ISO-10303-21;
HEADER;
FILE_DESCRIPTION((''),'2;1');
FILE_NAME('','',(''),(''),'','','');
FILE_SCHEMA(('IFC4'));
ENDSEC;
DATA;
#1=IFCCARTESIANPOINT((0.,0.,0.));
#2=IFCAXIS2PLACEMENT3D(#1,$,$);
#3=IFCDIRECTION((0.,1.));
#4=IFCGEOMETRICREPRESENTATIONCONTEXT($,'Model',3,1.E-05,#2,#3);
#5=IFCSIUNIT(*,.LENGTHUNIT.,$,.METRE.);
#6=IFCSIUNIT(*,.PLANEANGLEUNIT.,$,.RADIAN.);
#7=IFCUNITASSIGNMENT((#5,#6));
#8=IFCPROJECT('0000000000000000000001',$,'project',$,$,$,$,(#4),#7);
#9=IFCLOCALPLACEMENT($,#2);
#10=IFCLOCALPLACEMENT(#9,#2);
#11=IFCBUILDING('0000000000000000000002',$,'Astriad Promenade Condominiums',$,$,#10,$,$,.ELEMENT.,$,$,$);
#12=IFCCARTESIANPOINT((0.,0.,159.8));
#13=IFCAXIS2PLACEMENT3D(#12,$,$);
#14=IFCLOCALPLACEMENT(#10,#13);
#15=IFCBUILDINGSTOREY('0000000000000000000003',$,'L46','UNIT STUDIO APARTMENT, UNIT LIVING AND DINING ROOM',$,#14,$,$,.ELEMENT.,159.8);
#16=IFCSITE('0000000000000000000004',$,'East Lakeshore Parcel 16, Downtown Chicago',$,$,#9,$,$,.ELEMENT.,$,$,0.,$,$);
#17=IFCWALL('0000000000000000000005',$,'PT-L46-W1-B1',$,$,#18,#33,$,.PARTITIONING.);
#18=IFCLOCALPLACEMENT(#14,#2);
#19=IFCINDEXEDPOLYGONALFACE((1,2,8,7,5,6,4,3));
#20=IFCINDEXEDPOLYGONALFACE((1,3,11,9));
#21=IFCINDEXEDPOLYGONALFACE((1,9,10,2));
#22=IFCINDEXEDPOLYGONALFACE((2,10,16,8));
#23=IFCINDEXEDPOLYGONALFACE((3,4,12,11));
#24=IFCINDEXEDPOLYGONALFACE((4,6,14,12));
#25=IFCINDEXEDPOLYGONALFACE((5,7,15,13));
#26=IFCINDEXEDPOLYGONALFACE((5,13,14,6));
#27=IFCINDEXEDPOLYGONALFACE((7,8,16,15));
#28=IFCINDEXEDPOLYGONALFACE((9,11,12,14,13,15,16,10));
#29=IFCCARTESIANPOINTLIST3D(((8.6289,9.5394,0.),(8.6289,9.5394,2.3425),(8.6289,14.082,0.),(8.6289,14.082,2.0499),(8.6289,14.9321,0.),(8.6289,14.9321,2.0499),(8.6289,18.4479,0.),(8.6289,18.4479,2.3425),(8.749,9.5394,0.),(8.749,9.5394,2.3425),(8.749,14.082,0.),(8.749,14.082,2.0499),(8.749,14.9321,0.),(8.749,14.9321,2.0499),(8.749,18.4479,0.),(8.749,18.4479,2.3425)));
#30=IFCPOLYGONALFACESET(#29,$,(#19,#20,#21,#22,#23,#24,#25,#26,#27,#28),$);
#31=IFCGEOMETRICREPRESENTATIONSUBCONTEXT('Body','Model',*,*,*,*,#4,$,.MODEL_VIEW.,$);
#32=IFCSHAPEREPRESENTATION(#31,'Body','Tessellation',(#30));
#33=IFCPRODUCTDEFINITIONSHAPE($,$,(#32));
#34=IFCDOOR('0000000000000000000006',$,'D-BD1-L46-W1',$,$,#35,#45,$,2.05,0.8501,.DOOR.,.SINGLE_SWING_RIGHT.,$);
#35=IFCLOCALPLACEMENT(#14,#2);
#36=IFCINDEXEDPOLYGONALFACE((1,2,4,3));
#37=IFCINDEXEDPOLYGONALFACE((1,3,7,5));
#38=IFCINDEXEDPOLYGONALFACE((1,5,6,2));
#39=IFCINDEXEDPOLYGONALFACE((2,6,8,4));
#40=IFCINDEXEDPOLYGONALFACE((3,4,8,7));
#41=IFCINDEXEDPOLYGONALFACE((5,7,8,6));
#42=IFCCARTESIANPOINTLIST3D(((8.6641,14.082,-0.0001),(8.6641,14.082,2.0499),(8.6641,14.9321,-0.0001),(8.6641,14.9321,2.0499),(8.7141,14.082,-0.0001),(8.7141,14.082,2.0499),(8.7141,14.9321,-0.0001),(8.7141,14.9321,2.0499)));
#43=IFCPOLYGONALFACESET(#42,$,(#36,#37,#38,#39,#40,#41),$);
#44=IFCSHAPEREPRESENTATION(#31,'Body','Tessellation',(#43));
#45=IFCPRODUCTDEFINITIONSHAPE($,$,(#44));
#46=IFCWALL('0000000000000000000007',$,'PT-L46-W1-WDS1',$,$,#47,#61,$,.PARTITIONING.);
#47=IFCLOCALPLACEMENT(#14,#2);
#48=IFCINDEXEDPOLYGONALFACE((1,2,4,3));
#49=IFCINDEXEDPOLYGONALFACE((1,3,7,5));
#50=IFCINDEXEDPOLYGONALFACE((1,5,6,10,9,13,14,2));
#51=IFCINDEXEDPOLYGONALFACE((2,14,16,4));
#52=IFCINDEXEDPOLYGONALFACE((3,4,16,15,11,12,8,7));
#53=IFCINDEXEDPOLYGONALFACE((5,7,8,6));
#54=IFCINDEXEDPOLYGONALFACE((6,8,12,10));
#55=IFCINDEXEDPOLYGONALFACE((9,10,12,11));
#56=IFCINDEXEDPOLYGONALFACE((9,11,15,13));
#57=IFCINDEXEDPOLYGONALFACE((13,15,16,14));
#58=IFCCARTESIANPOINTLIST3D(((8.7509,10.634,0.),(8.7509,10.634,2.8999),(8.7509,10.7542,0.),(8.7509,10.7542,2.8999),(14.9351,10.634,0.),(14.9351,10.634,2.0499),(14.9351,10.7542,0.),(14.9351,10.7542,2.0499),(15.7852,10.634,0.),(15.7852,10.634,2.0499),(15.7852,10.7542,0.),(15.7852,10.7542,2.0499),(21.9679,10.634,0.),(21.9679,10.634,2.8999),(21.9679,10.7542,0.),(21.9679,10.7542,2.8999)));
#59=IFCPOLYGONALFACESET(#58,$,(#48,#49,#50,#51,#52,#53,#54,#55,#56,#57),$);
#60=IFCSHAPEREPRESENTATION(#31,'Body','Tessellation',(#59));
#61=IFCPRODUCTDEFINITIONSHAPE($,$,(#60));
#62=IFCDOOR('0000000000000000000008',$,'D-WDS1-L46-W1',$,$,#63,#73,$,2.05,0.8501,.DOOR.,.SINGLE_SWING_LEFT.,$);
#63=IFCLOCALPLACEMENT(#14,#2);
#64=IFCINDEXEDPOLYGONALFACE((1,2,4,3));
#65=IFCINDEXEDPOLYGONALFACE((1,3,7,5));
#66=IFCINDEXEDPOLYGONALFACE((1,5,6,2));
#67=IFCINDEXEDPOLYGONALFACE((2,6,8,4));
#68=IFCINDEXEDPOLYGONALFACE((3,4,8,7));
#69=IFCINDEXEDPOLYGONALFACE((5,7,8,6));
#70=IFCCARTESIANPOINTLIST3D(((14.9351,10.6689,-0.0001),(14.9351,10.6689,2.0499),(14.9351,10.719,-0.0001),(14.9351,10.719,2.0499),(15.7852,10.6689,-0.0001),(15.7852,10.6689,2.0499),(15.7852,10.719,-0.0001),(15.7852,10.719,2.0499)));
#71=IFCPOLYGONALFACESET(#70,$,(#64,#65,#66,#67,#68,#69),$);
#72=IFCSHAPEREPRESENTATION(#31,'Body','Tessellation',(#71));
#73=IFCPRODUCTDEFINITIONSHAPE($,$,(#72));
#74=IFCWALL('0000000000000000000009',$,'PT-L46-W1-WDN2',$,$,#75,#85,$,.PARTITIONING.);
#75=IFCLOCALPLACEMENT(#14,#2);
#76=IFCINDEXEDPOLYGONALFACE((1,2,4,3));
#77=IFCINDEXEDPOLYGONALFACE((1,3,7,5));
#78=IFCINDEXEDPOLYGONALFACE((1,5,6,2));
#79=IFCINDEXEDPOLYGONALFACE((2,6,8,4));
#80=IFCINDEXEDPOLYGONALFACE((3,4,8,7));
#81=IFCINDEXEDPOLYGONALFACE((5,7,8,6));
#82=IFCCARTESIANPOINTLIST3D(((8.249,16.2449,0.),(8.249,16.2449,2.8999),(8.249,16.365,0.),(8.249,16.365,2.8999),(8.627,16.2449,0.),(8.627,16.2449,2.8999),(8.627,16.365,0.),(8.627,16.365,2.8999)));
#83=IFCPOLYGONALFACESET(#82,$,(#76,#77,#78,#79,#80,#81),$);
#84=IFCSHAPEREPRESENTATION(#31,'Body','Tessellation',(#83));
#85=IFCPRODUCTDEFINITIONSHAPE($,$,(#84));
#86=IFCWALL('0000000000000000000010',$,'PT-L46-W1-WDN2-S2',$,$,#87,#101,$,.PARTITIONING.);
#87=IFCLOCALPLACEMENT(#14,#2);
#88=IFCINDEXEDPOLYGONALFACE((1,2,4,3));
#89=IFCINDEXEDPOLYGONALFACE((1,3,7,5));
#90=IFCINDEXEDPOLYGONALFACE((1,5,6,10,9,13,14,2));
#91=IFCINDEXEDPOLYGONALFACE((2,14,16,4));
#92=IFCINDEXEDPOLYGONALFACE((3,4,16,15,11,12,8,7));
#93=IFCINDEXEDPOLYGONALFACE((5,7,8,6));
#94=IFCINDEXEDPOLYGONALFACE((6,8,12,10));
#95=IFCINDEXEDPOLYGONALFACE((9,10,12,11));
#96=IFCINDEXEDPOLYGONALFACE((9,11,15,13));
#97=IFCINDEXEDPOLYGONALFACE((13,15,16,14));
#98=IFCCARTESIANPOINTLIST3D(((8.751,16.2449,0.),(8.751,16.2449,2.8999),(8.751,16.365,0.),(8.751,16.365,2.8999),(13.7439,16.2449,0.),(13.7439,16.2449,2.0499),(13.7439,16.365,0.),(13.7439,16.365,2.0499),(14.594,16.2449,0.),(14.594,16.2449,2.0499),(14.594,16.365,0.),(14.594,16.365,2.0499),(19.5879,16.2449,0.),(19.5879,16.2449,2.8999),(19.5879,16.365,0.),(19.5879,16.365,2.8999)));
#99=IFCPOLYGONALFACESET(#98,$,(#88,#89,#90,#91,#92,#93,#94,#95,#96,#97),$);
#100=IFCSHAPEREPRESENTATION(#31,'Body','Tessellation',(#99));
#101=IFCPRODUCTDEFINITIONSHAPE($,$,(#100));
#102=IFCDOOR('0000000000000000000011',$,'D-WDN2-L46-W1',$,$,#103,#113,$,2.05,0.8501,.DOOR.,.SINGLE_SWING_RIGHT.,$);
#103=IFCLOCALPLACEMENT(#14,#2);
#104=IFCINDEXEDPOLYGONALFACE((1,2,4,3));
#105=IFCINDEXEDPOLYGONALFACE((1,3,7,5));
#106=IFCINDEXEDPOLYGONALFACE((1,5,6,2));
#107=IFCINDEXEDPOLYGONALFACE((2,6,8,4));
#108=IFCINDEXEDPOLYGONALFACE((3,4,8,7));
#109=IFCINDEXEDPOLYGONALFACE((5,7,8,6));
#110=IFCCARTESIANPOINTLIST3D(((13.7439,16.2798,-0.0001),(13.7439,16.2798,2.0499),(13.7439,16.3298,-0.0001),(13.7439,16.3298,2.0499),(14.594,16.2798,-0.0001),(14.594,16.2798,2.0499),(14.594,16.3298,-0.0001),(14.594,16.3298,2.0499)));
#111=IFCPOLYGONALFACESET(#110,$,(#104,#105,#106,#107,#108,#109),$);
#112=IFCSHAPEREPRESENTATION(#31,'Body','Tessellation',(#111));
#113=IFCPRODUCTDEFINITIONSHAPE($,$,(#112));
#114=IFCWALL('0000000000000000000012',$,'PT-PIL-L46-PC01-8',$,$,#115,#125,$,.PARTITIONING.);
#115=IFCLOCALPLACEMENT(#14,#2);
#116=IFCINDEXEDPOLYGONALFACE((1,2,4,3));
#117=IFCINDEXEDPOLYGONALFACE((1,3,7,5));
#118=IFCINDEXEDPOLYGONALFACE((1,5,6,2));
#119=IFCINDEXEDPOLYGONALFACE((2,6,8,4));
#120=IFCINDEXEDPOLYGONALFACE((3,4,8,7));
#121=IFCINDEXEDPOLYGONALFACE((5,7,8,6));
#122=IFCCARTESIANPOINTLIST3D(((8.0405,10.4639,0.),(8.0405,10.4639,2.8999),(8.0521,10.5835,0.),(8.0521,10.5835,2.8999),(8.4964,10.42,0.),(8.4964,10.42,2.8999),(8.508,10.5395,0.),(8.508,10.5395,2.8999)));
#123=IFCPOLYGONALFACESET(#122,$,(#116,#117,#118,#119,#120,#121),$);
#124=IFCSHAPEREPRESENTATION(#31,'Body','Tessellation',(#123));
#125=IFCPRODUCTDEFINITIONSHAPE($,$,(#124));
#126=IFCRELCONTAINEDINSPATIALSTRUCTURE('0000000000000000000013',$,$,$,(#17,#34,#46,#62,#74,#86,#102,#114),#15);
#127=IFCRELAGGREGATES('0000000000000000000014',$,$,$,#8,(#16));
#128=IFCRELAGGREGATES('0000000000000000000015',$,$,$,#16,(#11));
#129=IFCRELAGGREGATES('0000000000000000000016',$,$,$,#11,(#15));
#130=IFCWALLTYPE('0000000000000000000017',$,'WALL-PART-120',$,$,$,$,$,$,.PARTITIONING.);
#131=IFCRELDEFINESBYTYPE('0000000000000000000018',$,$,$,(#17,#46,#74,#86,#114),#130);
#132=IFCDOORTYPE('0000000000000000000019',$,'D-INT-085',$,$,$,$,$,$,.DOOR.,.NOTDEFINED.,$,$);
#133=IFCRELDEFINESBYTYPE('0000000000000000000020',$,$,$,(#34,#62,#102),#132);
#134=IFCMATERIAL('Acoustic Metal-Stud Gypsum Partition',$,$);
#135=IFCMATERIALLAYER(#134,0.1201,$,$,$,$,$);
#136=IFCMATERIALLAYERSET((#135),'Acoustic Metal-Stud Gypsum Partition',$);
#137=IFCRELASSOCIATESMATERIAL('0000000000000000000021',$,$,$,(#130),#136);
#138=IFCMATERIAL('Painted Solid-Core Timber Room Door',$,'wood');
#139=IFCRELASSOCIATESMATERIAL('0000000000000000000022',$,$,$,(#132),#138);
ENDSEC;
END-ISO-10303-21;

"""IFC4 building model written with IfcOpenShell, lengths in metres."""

from ifc_helpers import new_model, si_unit, direction, frame, frame_2d, origin, place, context, subcontext, project, spatial, rectangle, extrude, source, transform, mapped, material, layer, layer_set, type_object, type_shapes, element, fill, save


model = new_model("IFC4")

# Units and contexts
model_context = context("Model", 3, precision=1e-05, world=origin(), true_north=direction((0.0, 1.0)))
body_context = subcontext(model_context, "Body", "Model", "MODEL_VIEW")
ifc_project = project(units=[si_unit("LENGTHUNIT", "METRE"), si_unit("PLANEANGLEUNIT", "RADIAN")], contexts=[model_context])

# Site, building, storey
site_placement = place(None, origin())
site = spatial("IfcSite", under=ifc_project, at=site_placement, Name="East Lakeshore Parcel 16, Downtown Chicago", CompositionType="ELEMENT", RefElevation=0.0)
building_placement = place(site_placement, origin())
building = spatial("IfcBuilding", under=site, at=building_placement, Name="Astriad Promenade Condominiums", CompositionType="ELEMENT")
storey_placement = place(building_placement, frame((0.0, 0.0, 159.8)))
storey = spatial("IfcBuildingStorey", under=building, at=storey_placement, Name="L46", Description="UNIT STUDIO APARTMENT, UNIT LIVING AND DINING ROOM", CompositionType="ELEMENT", Elevation=159.8)

# Shared definitions
ifc_material_1 = material(Name="Acoustic Metal-Stud Gypsum Partition")
ifc_layer_1 = layer(ifc_material_1, 0.1201)
ifc_layer_set_1 = layer_set([ifc_layer_1], Name="Acoustic Metal-Stud Gypsum Partition")
wall_type_1 = type_object("IfcWallType", Name="WALL-PART-120", PredefinedType="PARTITIONING", material=ifc_layer_set_1)
ifc_material_2 = material(Name="Painted Solid-Core Timber Room Door", Category="wood")
door_type_1 = type_object("IfcDoorType", Name="D-INT-085", OperationType="NOTDEFINED", PredefinedType="DOOR", material=ifc_material_2)
shared_shape_1 = source(origin(), body_context, "Body", "SweptSolid", [
    extrude(rectangle(XDim=0.8501, YDim=2.05, at=frame_2d((0.425, 1.0249))), frame((0.0, 0.0249, 0.0), z_axis=(0.0, -1.0, 0.0), x_axis=(1.0, 0.0, 0.0)), (0.0, 0.0, 1.0), 0.05),
])
type_shapes(door_type_1, [shared_shape_1])

# Walls, openings, doors
wall_1_placement = place(storey_placement, frame((8.689, 9.5396, 0.0), z_axis=(0.0, 0.0, 1.0), x_axis=(0.0, 1.0, 0.0)))
wall_1 = element("IfcWall", 1, at=wall_1_placement, inside=storey, type_object=wall_type_1, Name="PT-L46-W1-B1", PredefinedType="PARTITIONING", context=body_context, shape_type="SweptSolid", body=[
    extrude(rectangle(XDim=8.9084, YDim=0.1201, at=frame_2d((4.4541, 0.0))), origin(), (0.0, 0.0, 1.0), 2.3425),
])
opening_1_placement = place(wall_1_placement, frame((4.5425, 0.0, 0.0)))
opening_1 = element("IfcOpeningElement", 2, at=opening_1_placement, cuts=wall_1, PredefinedType="OPENING", context=body_context, shape_type="SweptSolid", body=[
    extrude(rectangle(XDim=0.8501, YDim=2.05, at=frame_2d((0.425, 1.0249))), frame((0.0, 0.0701, 0.0), z_axis=(0.0, -1.0, 0.0), x_axis=(1.0, 0.0, 0.0)), (0.0, 0.0, 1.0), 0.1401),
])
door_1_placement = place(opening_1_placement, origin())
door_1 = element("IfcDoor", 3, at=door_1_placement, inside=storey, type_object=door_type_1, Name="D-BD1-L46-W1", OperationType="SINGLE_SWING_RIGHT", OverallHeight=2.05, OverallWidth=0.8501, PredefinedType="DOOR", context=body_context, shape_type="MappedRepresentation", body=[
    mapped(shared_shape_1, transform((0.0, 0.0, 0.0), scale=1.0)),
])
fill(opening_1, door_1)
wall_2_placement = place(storey_placement, frame((8.751, 10.6941, 0.0), z_axis=(0.0, 0.0, 1.0), x_axis=(1.0, 0.0, 0.0)))
wall_2 = element("IfcWall", 4, at=wall_2_placement, inside=storey, type_object=wall_type_1, Name="PT-L46-W1-WDS1", PredefinedType="PARTITIONING", context=body_context, shape_type="SweptSolid", body=[
    extrude(rectangle(XDim=13.217, YDim=0.1201, at=frame_2d((6.6084, 0.0))), origin(), (0.0, 0.0, 1.0), 2.8999),
])
opening_2_placement = place(wall_2_placement, frame((6.1841, 0.0, 0.0)))
opening_2 = element("IfcOpeningElement", 5, at=opening_2_placement, cuts=wall_2, PredefinedType="OPENING", context=body_context, shape_type="SweptSolid", body=[
    extrude(rectangle(XDim=0.8501, YDim=2.05, at=frame_2d((0.425, 1.0249))), frame((0.0, 0.0701, 0.0), z_axis=(0.0, -1.0, 0.0), x_axis=(1.0, 0.0, 0.0)), (0.0, 0.0, 1.0), 0.1401),
])
door_2_placement = place(opening_2_placement, origin())
door_2 = element("IfcDoor", 6, at=door_2_placement, inside=storey, type_object=door_type_1, Name="D-WDS1-L46-W1", OperationType="SINGLE_SWING_LEFT", OverallHeight=2.05, OverallWidth=0.8501, PredefinedType="DOOR", context=body_context, shape_type="MappedRepresentation", body=[
    mapped(shared_shape_1, transform((0.0, 0.0, 0.0), scale=1.0)),
])
fill(opening_2, door_2)

# Wall
wall_3_placement = place(storey_placement, frame((8.249, 16.3049, 0.0), z_axis=(0.0, 0.0, 1.0), x_axis=(1.0, 0.0, 0.0)))
element("IfcWall", 7, at=wall_3_placement, inside=storey, type_object=wall_type_1, Name="PT-L46-W1-WDN2", PredefinedType="PARTITIONING", context=body_context, shape_type="SweptSolid", body=[
    extrude(rectangle(XDim=0.3779, YDim=0.1201, at=frame_2d((0.189, 0.0))), origin(), (0.0, 0.0, 1.0), 2.8999),
])

# Wall, opening, door
wall_4_placement = place(storey_placement, frame((8.751, 16.3049, 0.0), z_axis=(0.0, 0.0, 1.0), x_axis=(1.0, 0.0, 0.0)))
wall_4 = element("IfcWall", 8, at=wall_4_placement, inside=storey, type_object=wall_type_1, Name="PT-L46-W1-WDN2-S2", PredefinedType="PARTITIONING", context=body_context, shape_type="SweptSolid", body=[
    extrude(rectangle(XDim=10.8369, YDim=0.1201, at=frame_2d((5.4185, 0.0))), origin(), (0.0, 0.0, 1.0), 2.8999),
])
opening_3_placement = place(wall_4_placement, frame((4.9929, 0.0, 0.0)))
opening_3 = element("IfcOpeningElement", 9, at=opening_3_placement, cuts=wall_4, PredefinedType="OPENING", context=body_context, shape_type="SweptSolid", body=[
    extrude(rectangle(XDim=0.8501, YDim=2.05, at=frame_2d((0.425, 1.0249))), frame((0.0, 0.0701, 0.0), z_axis=(0.0, -1.0, 0.0), x_axis=(1.0, 0.0, 0.0)), (0.0, 0.0, 1.0), 0.1401),
])
door_3_placement = place(opening_3_placement, origin())
door_3 = element("IfcDoor", 10, at=door_3_placement, inside=storey, type_object=door_type_1, Name="D-WDN2-L46-W1", OperationType="SINGLE_SWING_RIGHT", OverallHeight=2.05, OverallWidth=0.8501, PredefinedType="DOOR", context=body_context, shape_type="MappedRepresentation", body=[
    mapped(shared_shape_1, transform((0.0, 0.0, 0.0), scale=1.0)),
])
fill(opening_3, door_3)

# Wall
wall_5_placement = place(storey_placement, frame((8.5022, 10.4797, 0.0), z_axis=(0.0, 0.0, 1.0), x_axis=(-0.995385, 0.095966, 0.0)))
element("IfcWall", 11, at=wall_5_placement, inside=storey, type_object=wall_type_1, Name="PT-PIL-L46-PC01-8", PredefinedType="PARTITIONING", context=body_context, shape_type="SweptSolid", body=[
    extrude(rectangle(XDim=0.458, YDim=0.1201, at=frame_2d((0.229, 0.0))), origin(), (0.0, 0.0, 1.0), 2.8999),
])

save(model, "model.ifc")
